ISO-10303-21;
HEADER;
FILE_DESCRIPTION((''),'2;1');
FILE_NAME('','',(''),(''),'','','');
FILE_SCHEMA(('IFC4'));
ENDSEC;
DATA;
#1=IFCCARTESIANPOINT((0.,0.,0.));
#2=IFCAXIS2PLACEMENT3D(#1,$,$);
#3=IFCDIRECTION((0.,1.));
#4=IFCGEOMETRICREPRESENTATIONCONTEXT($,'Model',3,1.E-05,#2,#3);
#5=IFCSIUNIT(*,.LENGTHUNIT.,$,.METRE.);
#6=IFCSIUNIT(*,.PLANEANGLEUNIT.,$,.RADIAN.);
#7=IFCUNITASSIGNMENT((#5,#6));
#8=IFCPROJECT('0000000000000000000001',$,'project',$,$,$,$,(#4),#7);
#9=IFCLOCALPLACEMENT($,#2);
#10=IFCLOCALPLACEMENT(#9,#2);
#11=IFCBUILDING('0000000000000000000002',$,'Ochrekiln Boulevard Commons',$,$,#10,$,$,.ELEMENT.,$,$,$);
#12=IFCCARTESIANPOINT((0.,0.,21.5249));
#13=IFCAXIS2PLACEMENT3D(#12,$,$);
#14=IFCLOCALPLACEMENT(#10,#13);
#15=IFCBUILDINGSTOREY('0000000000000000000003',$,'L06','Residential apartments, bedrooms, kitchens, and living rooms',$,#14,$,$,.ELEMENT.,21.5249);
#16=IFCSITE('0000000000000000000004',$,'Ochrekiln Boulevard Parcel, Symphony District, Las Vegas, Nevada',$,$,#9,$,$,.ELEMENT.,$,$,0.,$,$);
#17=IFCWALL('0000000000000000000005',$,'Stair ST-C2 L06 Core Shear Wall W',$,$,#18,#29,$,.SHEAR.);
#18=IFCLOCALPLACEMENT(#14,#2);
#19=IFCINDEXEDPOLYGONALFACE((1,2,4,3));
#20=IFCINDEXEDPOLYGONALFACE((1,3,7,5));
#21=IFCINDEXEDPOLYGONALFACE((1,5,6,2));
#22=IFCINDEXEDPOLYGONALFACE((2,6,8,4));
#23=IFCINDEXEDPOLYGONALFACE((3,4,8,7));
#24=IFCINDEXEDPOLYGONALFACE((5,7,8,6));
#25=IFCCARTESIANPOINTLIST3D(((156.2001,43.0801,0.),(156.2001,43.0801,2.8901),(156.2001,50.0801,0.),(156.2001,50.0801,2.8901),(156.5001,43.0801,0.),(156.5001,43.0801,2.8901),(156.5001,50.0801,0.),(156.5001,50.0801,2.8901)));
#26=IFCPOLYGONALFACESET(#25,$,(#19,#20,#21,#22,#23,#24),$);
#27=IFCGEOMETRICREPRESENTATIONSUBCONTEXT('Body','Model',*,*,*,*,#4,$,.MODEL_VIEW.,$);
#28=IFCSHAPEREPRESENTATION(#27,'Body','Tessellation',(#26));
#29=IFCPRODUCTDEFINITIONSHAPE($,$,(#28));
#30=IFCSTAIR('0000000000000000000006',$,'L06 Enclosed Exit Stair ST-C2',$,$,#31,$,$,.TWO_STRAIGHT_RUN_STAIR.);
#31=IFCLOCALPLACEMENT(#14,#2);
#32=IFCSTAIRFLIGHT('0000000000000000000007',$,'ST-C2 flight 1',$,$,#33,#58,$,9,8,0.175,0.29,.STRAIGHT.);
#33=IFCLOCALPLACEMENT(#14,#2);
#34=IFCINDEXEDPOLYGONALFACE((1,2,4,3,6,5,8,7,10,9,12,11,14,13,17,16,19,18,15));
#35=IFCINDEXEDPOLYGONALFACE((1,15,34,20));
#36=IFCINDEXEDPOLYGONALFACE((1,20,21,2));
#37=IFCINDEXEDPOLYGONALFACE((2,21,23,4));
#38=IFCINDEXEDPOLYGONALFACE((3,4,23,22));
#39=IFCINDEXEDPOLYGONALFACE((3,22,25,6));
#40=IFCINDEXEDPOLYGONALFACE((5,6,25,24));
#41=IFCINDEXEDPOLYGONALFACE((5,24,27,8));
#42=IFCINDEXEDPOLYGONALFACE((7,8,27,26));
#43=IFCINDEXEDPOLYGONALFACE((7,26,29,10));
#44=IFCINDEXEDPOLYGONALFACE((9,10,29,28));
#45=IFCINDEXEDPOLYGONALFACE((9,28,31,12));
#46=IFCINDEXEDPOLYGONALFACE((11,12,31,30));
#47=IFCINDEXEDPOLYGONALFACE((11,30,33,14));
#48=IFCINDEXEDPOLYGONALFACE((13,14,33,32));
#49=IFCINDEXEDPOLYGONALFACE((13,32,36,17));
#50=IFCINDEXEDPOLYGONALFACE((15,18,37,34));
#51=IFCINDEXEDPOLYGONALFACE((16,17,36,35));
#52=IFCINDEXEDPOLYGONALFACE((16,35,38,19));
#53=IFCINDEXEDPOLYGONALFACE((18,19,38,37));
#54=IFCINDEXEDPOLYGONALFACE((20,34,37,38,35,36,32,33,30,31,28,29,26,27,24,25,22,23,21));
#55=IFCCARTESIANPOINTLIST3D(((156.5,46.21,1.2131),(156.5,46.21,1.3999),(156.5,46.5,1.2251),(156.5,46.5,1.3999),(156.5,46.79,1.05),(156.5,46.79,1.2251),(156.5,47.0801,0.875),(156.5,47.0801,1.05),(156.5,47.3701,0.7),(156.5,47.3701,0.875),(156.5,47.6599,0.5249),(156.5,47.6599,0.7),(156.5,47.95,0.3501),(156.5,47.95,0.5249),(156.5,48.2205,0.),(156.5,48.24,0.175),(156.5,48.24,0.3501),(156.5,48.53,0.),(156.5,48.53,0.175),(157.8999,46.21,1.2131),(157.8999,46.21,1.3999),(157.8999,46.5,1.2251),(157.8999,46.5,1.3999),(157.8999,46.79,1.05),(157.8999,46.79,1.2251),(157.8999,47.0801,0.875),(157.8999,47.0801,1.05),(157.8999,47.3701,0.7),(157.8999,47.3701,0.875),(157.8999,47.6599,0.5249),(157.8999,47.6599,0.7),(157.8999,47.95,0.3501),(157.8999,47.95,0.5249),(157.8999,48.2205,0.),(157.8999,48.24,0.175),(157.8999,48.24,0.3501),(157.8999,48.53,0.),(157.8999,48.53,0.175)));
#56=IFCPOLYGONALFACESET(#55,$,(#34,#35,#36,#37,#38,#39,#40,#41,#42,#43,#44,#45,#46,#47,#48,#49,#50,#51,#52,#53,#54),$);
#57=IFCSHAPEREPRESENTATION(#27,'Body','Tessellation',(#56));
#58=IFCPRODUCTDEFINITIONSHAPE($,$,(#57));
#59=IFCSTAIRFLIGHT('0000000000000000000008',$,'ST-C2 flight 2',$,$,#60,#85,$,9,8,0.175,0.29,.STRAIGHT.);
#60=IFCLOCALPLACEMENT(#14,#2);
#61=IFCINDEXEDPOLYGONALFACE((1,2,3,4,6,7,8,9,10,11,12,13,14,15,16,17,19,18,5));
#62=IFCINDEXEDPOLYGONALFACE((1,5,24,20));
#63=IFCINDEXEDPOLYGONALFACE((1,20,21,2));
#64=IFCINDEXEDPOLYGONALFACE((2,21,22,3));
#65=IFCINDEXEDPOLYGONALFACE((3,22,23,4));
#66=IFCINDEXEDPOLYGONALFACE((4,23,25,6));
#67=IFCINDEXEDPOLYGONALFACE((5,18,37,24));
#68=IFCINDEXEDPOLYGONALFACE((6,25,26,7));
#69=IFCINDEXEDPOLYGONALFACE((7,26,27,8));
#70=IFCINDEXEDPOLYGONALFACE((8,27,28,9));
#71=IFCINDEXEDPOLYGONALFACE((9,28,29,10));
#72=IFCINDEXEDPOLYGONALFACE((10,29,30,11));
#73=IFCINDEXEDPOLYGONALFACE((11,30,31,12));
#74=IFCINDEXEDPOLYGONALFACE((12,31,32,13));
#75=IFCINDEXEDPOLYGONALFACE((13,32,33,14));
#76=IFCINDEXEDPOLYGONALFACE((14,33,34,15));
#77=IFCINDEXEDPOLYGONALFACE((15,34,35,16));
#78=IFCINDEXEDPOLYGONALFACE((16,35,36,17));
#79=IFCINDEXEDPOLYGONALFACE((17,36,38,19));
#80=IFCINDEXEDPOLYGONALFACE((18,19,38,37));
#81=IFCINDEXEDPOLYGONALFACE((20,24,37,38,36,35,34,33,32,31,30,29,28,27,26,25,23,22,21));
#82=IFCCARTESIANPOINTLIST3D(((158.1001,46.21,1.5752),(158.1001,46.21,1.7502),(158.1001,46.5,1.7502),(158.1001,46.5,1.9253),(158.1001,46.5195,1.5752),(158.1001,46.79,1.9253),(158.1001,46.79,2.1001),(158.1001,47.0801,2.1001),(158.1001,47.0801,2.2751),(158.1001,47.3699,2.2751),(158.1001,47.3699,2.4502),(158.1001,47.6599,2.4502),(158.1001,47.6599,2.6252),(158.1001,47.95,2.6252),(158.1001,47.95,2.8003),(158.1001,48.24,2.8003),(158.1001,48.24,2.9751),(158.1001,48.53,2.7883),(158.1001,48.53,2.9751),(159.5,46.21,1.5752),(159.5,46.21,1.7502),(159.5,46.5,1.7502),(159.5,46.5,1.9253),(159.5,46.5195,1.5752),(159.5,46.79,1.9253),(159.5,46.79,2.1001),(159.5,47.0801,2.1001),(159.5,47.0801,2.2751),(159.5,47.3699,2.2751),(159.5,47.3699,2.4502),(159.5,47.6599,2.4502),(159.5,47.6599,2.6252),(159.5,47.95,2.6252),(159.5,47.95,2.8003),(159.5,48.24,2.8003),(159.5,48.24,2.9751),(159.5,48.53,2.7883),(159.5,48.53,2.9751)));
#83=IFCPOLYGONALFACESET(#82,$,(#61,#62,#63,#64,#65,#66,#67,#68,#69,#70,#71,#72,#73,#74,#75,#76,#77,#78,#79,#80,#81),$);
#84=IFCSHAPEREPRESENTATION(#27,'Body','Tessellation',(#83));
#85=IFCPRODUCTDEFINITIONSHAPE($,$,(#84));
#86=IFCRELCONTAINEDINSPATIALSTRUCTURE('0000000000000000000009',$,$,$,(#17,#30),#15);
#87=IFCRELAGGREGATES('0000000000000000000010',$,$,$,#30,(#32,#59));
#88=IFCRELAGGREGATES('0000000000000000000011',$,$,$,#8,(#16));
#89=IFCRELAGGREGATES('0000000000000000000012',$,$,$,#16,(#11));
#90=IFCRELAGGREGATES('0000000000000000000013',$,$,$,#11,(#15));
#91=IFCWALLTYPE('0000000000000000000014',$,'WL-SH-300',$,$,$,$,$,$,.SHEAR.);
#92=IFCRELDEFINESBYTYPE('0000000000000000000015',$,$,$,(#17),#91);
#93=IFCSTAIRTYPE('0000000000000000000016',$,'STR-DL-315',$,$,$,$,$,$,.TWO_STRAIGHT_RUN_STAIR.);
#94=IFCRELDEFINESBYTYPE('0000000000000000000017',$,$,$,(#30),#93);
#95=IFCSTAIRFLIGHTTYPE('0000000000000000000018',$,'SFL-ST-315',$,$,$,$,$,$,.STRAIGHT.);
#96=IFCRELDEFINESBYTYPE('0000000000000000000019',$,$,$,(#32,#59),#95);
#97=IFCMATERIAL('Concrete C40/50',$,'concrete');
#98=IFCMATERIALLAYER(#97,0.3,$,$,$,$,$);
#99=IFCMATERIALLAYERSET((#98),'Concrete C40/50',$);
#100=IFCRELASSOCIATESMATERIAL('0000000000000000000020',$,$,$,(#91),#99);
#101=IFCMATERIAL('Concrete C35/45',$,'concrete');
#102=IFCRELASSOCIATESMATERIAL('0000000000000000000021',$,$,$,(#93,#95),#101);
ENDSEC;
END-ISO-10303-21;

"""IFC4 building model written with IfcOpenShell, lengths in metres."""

from ifc_helpers import new_model, si_unit, direction, frame, frame_2d, origin, place, context, subcontext, project, spatial, polyline, rectangle, outline, extrude, material, layer, layer_set, type_object, element, aggregate, save


model = new_model("IFC4")

# Units and contexts
model_context = context("Model", 3, precision=1e-05, world=origin(), true_north=direction((0.0, 1.0)))
body_context = subcontext(model_context, "Body", "Model", "MODEL_VIEW")
ifc_project = project(units=[si_unit("LENGTHUNIT", "METRE"), si_unit("PLANEANGLEUNIT", "RADIAN")], contexts=[model_context])

# Site, building, storey
site_placement = place(None, origin())
site = spatial("IfcSite", under=ifc_project, at=site_placement, Name="Ochrekiln Boulevard Parcel, Symphony District, Las Vegas, Nevada", CompositionType="ELEMENT", RefElevation=0.0)
building_placement = place(site_placement, origin())
building = spatial("IfcBuilding", under=site, at=building_placement, Name="Ochrekiln Boulevard Commons", CompositionType="ELEMENT")
storey_placement = place(building_placement, frame((0.0, 0.0, 21.5249)))
storey = spatial("IfcBuildingStorey", under=building, at=storey_placement, Name="L06", Description="Residential apartments, bedrooms, kitchens, and living rooms", CompositionType="ELEMENT", Elevation=21.5249)

# Shared definitions
ifc_material_1 = material(Name="Concrete C40/50", Category="concrete")

# Wall
ifc_layer_1 = layer(ifc_material_1, 0.3)
ifc_layer_set_1 = layer_set([ifc_layer_1], Name="Concrete C40/50")
wall_type_1 = type_object("IfcWallType", Name="WL-SH-300", PredefinedType="SHEAR", material=ifc_layer_set_1)
wall_1_placement = place(storey_placement, frame((156.3501, 43.0801, 0.0), z_axis=(0.0, 0.0, 1.0), x_axis=(0.0, 1.0, 0.0)))
element("IfcWall", 1, at=wall_1_placement, inside=storey, type_object=wall_type_1, Name="Stair ST-C2 L06 Core Shear Wall W", PredefinedType="SHEAR", context=body_context, shape_type="SweptSolid", body=[
    extrude(rectangle(XDim=7.0, YDim=0.3, at=frame_2d((3.5, 0.0))), origin(), (0.0, 0.0, 1.0), 2.8901),
])

# Stair, stair flights
ifc_material_2 = material(Name="Concrete C35/45", Category="concrete")
stair_type = type_object("IfcStairType", Name="STR-DL-315", PredefinedType="TWO_STRAIGHT_RUN_STAIR", material=ifc_material_2)
stair_placement = place(storey_placement, origin())
stair = element("IfcStair", 2, at=stair_placement, inside=storey, type_object=stair_type, Name="L06 Enclosed Exit Stair ST-C2", PredefinedType="TWO_STRAIGHT_RUN_STAIR")
stair_flight_type = type_object("IfcStairFlightType", Name="SFL-ST-315", PredefinedType="STRAIGHT", material=ifc_material_2)
stair_flight_1_placement = place(storey_placement, frame((157.2, 48.53, 0.0), z_axis=(0.0, 0.0, 1.0), x_axis=(0.0, -1.0, 0.0)))
stair_flight_1 = element("IfcStairFlight", 3, at=stair_flight_1_placement, type_object=stair_flight_type, Name="ST-C2 flight 1", NumberOfRisers=9, NumberOfTreads=8, PredefinedType="STRAIGHT", RiserHeight=0.175, TreadLength=0.29, context=body_context, shape_type="SweptSolid", body=[
    extrude(outline(polyline([(0.0, 0.0), (0.0, 0.175), (0.29, 0.175), (0.29, 0.3501), (0.5801, 0.3501), (0.5801, 0.5249), (0.8701, 0.5249), (0.8701, 0.7), (1.1599, 0.7), (1.1599, 0.875), (1.45, 0.875), (1.45, 1.05), (1.74, 1.05), (1.74, 1.2251), (2.03, 1.2251), (2.03, 1.3999), (2.3201, 1.3999), (2.3201, 1.575), (2.3201, 1.2131), (0.3096, 0.0), (0.0, 0.0)])), frame((0.0, 0.7, 0.0), z_axis=(0.0, -1.0, 0.0), x_axis=(1.0, 0.0, 0.0)), (0.0, 0.0, 1.0), 1.3999),
])
stair_flight_2_placement = place(storey_placement, frame((158.8, 46.21, 1.5752), z_axis=(0.0, 0.0, 1.0), x_axis=(0.0, 1.0, 0.0)))
stair_flight_2 = element("IfcStairFlight", 4, at=stair_flight_2_placement, type_object=stair_flight_type, Name="ST-C2 flight 2", NumberOfRisers=9, NumberOfTreads=8, PredefinedType="STRAIGHT", RiserHeight=0.175, TreadLength=0.29, context=body_context, shape_type="SweptSolid", body=[
    extrude(outline(polyline([(0.0, 0.0), (0.0, 0.175), (0.29, 0.175), (0.29, 0.3501), (0.5801, 0.3501), (0.5801, 0.5249), (0.8701, 0.5249), (0.8701, 0.7), (1.1599, 0.7), (1.1599, 0.875), (1.45, 0.875), (1.45, 1.05), (1.74, 1.05), (1.74, 1.2251), (2.03, 1.2251), (2.03, 1.3999), (2.3201, 1.3999), (2.3201, 1.575), (2.3201, 1.2131), (0.3096, 0.0), (0.0, 0.0)])), frame((0.0, 0.7, 0.0), z_axis=(0.0, -1.0, 0.0), x_axis=(1.0, 0.0, 0.0)), (0.0, 0.0, 1.0), 1.3999),
])
aggregate(stair, [stair_flight_1, stair_flight_2])

save(model, "model.ifc")
